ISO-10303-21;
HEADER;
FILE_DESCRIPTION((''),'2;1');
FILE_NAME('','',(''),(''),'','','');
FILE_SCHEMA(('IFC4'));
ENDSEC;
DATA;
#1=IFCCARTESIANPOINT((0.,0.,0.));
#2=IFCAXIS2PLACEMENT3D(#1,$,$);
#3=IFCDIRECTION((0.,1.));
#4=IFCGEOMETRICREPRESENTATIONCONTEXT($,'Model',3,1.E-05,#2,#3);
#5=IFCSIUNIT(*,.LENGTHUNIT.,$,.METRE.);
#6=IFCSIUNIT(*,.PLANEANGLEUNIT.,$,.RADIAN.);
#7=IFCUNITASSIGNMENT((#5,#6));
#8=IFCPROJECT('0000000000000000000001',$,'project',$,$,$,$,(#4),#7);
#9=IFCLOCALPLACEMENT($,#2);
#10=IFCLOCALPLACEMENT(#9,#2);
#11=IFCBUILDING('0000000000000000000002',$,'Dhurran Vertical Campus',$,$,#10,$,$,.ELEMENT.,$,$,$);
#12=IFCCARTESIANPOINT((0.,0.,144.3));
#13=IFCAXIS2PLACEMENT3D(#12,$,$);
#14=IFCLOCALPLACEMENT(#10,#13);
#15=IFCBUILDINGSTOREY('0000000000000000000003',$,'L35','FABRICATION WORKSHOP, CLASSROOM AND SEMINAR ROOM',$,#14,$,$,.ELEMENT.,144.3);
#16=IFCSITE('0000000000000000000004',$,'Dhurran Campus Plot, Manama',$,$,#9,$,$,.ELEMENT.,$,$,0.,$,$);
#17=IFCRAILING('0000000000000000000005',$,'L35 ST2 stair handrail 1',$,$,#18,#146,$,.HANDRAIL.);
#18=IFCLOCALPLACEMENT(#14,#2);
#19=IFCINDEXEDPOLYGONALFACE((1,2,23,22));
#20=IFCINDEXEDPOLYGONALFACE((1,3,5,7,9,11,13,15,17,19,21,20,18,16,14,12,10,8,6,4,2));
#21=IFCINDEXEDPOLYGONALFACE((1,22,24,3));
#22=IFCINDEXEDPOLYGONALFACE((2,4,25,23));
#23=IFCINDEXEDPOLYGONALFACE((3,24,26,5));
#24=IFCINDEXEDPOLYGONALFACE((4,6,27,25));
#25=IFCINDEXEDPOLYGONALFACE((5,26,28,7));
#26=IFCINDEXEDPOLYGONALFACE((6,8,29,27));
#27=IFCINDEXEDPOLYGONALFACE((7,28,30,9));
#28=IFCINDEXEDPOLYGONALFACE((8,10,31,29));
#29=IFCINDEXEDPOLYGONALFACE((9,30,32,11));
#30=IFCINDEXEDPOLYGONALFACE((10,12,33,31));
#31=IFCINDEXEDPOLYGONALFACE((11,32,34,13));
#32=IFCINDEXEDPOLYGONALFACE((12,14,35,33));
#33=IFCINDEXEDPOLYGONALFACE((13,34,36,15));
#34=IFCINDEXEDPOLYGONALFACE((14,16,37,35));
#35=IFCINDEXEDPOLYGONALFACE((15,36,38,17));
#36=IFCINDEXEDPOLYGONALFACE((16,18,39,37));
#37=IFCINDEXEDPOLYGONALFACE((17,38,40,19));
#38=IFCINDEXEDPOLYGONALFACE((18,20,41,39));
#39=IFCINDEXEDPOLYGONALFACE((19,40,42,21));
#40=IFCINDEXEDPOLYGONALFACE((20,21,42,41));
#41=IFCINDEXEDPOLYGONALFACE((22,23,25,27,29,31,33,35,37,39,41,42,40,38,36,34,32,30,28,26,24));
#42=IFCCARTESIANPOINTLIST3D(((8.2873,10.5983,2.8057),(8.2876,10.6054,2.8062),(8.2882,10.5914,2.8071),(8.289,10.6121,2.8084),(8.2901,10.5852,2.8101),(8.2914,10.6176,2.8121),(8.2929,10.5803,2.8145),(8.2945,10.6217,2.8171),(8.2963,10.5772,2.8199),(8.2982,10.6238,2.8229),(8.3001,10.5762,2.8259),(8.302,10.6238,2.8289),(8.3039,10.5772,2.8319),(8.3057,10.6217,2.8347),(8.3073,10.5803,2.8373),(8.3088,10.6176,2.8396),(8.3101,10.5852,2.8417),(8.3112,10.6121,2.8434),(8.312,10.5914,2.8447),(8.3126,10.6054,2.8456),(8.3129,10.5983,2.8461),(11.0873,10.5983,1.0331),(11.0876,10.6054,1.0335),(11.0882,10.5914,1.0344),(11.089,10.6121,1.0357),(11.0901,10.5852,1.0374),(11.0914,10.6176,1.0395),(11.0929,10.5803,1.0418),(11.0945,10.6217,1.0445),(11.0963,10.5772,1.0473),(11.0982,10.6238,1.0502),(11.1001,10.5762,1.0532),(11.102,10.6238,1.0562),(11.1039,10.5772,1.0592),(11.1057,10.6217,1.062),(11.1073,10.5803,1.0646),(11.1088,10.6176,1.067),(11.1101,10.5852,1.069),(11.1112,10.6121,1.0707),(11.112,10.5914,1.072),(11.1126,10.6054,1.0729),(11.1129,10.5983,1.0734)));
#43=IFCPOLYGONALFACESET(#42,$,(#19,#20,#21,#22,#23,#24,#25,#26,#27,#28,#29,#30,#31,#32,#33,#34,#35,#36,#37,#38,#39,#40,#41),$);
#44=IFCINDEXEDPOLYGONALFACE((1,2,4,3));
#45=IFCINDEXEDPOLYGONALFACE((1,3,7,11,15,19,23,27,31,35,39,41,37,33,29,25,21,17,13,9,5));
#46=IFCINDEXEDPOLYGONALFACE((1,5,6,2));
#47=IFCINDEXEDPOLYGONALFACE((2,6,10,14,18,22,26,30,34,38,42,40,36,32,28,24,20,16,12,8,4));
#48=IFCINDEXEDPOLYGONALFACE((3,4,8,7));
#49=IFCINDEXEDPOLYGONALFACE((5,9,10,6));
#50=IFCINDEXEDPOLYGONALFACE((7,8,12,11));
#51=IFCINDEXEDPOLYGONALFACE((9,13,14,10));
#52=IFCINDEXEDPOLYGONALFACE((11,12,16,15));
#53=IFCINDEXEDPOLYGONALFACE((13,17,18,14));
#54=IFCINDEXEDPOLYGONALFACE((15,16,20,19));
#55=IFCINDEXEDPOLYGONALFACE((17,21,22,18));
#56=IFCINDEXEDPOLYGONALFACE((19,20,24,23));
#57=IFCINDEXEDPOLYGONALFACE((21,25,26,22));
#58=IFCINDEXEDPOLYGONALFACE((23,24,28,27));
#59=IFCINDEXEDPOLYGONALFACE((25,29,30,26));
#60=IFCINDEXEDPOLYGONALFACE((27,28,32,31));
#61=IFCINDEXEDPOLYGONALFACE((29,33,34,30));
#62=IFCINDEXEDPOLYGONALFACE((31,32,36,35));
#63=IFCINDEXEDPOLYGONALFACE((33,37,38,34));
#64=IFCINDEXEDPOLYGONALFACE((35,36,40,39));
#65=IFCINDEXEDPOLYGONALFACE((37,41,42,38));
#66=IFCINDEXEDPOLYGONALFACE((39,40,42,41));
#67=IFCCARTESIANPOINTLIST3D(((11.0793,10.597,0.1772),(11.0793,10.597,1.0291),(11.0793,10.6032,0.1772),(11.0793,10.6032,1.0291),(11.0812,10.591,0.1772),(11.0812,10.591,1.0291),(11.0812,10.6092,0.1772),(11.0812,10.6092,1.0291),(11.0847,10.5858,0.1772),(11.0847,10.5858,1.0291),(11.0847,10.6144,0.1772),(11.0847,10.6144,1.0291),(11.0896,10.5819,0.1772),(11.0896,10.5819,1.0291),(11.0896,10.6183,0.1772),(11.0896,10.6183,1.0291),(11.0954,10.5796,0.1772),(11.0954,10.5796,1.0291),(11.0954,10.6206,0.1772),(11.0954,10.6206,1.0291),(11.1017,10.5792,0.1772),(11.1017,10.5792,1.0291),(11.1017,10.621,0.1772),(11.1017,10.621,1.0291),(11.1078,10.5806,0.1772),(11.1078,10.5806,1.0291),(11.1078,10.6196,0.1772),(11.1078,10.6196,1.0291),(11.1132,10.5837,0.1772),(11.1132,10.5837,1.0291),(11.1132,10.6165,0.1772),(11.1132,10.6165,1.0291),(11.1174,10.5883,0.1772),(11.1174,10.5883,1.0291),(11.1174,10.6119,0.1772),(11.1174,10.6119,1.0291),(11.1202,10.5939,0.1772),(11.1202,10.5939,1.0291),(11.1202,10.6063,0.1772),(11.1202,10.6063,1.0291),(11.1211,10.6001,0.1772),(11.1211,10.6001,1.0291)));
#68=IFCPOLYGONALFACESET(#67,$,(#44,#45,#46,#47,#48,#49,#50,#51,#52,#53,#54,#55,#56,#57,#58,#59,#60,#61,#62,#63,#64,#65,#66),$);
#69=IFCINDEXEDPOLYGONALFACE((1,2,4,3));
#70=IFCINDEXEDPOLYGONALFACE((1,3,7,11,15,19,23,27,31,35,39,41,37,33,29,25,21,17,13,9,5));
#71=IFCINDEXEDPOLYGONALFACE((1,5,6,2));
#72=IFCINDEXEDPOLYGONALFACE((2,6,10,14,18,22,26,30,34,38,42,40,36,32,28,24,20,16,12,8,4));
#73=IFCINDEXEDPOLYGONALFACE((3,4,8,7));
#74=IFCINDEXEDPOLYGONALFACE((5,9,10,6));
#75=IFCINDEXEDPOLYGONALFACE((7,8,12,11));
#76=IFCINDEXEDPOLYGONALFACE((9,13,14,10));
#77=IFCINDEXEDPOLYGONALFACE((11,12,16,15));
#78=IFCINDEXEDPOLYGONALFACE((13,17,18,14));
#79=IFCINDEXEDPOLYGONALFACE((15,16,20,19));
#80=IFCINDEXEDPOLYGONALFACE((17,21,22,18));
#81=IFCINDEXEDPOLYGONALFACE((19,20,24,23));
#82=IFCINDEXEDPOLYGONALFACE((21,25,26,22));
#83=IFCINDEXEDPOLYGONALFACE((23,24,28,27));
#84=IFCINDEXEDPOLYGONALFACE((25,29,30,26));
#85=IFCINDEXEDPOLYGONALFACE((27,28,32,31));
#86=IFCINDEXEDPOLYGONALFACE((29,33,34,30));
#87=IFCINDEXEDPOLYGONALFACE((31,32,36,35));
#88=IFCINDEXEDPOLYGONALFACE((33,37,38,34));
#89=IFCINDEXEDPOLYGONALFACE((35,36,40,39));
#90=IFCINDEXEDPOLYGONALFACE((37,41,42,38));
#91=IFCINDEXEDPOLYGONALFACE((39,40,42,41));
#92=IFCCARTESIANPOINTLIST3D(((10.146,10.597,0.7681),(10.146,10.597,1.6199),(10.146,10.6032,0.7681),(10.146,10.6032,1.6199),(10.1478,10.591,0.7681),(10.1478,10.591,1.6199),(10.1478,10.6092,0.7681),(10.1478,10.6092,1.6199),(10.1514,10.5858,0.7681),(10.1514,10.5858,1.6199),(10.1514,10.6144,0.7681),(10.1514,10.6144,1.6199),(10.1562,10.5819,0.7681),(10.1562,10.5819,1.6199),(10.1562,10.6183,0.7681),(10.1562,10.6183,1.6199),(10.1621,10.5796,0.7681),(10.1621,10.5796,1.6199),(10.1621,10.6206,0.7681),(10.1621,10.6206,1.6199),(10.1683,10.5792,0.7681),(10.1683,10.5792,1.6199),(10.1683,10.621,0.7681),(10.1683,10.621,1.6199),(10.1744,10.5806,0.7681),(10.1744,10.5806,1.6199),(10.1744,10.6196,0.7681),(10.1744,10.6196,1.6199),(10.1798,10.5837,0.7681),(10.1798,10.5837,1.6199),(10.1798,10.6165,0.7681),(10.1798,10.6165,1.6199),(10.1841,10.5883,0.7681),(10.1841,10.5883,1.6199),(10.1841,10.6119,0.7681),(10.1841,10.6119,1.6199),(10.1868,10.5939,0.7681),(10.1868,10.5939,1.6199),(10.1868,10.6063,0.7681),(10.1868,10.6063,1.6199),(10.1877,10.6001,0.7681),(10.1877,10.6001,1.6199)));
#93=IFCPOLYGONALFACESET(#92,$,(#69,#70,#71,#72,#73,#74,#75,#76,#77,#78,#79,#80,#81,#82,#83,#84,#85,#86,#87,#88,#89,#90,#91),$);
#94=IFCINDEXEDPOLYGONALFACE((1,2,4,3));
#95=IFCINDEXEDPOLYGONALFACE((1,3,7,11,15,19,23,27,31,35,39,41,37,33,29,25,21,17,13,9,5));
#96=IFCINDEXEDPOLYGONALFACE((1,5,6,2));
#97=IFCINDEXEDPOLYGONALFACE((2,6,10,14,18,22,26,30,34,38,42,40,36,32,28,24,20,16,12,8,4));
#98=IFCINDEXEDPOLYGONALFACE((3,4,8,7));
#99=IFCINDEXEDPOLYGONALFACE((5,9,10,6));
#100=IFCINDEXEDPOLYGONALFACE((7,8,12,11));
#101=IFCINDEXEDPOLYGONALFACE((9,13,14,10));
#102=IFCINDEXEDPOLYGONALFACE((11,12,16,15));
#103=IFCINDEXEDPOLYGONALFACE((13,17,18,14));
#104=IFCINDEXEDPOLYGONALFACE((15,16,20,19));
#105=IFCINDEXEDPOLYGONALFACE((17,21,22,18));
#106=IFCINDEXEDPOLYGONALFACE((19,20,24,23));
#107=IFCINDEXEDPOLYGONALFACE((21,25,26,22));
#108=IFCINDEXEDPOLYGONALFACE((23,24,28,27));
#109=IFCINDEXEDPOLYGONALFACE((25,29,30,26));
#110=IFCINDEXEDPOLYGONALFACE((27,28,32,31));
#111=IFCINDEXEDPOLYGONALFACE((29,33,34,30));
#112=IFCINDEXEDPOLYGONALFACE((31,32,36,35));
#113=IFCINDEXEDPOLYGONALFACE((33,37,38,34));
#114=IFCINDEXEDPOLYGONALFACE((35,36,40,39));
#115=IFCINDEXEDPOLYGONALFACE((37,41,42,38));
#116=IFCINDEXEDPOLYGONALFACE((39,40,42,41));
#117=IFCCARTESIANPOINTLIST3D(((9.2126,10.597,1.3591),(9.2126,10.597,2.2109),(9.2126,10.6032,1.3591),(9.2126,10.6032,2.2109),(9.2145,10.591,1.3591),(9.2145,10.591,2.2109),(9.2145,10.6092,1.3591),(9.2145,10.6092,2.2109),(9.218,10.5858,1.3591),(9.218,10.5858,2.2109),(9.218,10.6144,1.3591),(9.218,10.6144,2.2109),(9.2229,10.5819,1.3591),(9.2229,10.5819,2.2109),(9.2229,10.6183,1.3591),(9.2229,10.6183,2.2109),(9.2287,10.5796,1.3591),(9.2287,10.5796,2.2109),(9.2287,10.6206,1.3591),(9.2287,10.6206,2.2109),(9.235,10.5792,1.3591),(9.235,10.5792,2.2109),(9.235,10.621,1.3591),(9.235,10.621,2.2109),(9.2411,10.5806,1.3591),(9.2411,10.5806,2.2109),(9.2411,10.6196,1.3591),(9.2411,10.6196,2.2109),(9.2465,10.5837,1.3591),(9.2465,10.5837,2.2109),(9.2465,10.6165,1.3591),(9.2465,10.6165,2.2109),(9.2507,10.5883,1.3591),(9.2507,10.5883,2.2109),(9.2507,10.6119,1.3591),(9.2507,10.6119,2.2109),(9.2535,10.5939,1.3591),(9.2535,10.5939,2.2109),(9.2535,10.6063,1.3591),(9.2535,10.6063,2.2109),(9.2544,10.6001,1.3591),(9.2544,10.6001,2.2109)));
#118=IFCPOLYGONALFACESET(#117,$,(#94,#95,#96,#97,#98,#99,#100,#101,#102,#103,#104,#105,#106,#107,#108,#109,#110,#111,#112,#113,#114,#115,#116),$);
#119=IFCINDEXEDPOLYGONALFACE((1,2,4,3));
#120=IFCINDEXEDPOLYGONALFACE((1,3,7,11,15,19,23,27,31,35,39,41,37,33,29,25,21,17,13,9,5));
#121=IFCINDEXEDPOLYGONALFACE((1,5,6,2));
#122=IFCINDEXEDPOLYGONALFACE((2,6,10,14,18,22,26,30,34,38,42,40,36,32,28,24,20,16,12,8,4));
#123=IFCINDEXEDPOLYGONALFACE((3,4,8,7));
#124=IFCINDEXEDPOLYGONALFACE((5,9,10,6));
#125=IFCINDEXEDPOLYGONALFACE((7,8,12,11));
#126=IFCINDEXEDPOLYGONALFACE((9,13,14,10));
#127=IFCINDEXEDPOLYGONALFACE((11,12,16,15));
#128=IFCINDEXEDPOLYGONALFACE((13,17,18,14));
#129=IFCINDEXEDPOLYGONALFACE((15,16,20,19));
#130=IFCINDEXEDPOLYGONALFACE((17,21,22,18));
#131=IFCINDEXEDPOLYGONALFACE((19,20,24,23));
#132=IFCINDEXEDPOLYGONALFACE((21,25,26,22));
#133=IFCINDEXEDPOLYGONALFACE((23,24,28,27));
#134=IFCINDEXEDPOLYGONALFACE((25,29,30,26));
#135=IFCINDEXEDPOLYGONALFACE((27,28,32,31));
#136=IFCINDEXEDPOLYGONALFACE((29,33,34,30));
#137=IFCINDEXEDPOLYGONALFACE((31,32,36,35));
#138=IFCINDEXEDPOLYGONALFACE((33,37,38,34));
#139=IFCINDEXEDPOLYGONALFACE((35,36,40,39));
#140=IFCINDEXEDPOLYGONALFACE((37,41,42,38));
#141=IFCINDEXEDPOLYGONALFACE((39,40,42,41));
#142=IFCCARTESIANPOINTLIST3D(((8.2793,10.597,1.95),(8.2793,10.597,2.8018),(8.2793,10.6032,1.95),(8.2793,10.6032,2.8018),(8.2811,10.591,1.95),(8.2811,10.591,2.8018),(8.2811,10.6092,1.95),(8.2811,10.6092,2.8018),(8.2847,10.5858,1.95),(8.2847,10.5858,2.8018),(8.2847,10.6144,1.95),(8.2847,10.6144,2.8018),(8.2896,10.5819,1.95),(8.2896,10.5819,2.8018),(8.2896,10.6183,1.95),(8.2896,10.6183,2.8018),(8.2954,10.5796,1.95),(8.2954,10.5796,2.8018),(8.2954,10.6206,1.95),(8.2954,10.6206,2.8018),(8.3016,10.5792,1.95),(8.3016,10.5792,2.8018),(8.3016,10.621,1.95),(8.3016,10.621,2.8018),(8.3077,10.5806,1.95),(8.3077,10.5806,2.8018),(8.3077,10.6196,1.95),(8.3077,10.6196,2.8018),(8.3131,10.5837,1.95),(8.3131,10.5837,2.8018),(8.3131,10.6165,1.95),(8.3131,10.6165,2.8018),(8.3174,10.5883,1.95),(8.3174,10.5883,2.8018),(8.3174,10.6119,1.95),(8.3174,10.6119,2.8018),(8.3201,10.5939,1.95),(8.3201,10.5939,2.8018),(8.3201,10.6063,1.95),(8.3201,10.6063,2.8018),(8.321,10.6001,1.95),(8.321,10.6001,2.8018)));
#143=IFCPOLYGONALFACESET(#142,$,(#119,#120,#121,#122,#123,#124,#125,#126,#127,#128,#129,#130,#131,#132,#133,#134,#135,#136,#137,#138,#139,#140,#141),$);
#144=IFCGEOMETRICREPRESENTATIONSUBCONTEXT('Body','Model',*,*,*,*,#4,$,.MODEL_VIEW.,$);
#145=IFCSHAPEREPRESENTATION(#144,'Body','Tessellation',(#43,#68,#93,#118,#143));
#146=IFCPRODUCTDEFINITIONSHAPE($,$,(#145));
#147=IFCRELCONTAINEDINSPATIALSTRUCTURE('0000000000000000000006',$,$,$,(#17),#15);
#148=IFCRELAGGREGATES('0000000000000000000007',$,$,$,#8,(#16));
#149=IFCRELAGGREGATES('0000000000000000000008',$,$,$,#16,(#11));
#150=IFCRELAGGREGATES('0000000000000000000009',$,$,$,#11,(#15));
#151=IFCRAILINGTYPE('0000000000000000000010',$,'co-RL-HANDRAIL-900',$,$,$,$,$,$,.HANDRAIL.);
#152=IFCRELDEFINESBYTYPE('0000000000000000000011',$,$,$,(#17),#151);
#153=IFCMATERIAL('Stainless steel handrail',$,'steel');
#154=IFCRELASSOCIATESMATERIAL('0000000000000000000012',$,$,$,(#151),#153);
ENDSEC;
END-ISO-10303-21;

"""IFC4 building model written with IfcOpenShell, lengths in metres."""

from ifc_helpers import new_model, si_unit, direction, frame, origin, origin_2d, place, context, subcontext, project, spatial, circle, extrude, material, type_object, element, save


model = new_model("IFC4")

# Units and contexts
model_context = context("Model", 3, precision=1e-05, world=origin(), true_north=direction((0.0, 1.0)))
body_context = subcontext(model_context, "Body", "Model", "MODEL_VIEW")
ifc_project = project(units=[si_unit("LENGTHUNIT", "METRE"), si_unit("PLANEANGLEUNIT", "RADIAN")], contexts=[model_context])

# Site, building, storey
site_placement = place(None, origin())
site = spatial("IfcSite", under=ifc_project, at=site_placement, Name="Dhurran Campus Plot, Manama", CompositionType="ELEMENT", RefElevation=0.0)
building_placement = place(site_placement, origin())
building = spatial("IfcBuilding", under=site, at=building_placement, Name="Dhurran Vertical Campus", CompositionType="ELEMENT")
storey_placement = place(building_placement, frame((0.0, 0.0, 144.3)))
storey = spatial("IfcBuildingStorey", under=building, at=storey_placement, Name="L35", Description="FABRICATION WORKSHOP, CLASSROOM AND SEMINAR ROOM", CompositionType="ELEMENT", Elevation=144.3)

# Railing
ifc_material_1 = material(Name="Stainless steel handrail", Category="steel")
railing_type_1 = type_object("IfcRailingType", Name="co-RL-HANDRAIL-900", PredefinedType="HANDRAIL", material=ifc_material_1)
railing_1_placement = place(storey_placement, frame((11.1001, 10.6001, 0.1772)))
element("IfcRailing", 1, at=railing_1_placement, inside=storey, type_object=railing_type_1, Name="L35 ST2 stair handrail 1", PredefinedType="HANDRAIL", context=body_context, shape_type="SweptSolid", body=[
    extrude(circle(Radius=0.0239, at=origin_2d()), frame((0.0, 0.0, 0.876), z_axis=(-0.844909, 0.0, 0.53491), x_axis=(0.0, -1.0, 0.0)), (0.0, 0.0, 1.0), 3.314),
    extrude(circle(Radius=0.021, at=origin_2d()), origin(), (0.0, 0.0, 1.0), 0.8518),
    extrude(circle(Radius=0.021, at=origin_2d()), frame((-0.9333, 0.0, 0.5908)), (0.0, 0.0, 1.0), 0.8518),
    extrude(circle(Radius=0.021, at=origin_2d()), frame((-1.8667, 0.0, 1.1819)), (0.0, 0.0, 1.0), 0.8518),
    extrude(circle(Radius=0.021, at=origin_2d()), frame((-2.8, 0.0, 1.7727)), (0.0, 0.0, 1.0), 0.8518),
])

save(model, "model.ifc")
